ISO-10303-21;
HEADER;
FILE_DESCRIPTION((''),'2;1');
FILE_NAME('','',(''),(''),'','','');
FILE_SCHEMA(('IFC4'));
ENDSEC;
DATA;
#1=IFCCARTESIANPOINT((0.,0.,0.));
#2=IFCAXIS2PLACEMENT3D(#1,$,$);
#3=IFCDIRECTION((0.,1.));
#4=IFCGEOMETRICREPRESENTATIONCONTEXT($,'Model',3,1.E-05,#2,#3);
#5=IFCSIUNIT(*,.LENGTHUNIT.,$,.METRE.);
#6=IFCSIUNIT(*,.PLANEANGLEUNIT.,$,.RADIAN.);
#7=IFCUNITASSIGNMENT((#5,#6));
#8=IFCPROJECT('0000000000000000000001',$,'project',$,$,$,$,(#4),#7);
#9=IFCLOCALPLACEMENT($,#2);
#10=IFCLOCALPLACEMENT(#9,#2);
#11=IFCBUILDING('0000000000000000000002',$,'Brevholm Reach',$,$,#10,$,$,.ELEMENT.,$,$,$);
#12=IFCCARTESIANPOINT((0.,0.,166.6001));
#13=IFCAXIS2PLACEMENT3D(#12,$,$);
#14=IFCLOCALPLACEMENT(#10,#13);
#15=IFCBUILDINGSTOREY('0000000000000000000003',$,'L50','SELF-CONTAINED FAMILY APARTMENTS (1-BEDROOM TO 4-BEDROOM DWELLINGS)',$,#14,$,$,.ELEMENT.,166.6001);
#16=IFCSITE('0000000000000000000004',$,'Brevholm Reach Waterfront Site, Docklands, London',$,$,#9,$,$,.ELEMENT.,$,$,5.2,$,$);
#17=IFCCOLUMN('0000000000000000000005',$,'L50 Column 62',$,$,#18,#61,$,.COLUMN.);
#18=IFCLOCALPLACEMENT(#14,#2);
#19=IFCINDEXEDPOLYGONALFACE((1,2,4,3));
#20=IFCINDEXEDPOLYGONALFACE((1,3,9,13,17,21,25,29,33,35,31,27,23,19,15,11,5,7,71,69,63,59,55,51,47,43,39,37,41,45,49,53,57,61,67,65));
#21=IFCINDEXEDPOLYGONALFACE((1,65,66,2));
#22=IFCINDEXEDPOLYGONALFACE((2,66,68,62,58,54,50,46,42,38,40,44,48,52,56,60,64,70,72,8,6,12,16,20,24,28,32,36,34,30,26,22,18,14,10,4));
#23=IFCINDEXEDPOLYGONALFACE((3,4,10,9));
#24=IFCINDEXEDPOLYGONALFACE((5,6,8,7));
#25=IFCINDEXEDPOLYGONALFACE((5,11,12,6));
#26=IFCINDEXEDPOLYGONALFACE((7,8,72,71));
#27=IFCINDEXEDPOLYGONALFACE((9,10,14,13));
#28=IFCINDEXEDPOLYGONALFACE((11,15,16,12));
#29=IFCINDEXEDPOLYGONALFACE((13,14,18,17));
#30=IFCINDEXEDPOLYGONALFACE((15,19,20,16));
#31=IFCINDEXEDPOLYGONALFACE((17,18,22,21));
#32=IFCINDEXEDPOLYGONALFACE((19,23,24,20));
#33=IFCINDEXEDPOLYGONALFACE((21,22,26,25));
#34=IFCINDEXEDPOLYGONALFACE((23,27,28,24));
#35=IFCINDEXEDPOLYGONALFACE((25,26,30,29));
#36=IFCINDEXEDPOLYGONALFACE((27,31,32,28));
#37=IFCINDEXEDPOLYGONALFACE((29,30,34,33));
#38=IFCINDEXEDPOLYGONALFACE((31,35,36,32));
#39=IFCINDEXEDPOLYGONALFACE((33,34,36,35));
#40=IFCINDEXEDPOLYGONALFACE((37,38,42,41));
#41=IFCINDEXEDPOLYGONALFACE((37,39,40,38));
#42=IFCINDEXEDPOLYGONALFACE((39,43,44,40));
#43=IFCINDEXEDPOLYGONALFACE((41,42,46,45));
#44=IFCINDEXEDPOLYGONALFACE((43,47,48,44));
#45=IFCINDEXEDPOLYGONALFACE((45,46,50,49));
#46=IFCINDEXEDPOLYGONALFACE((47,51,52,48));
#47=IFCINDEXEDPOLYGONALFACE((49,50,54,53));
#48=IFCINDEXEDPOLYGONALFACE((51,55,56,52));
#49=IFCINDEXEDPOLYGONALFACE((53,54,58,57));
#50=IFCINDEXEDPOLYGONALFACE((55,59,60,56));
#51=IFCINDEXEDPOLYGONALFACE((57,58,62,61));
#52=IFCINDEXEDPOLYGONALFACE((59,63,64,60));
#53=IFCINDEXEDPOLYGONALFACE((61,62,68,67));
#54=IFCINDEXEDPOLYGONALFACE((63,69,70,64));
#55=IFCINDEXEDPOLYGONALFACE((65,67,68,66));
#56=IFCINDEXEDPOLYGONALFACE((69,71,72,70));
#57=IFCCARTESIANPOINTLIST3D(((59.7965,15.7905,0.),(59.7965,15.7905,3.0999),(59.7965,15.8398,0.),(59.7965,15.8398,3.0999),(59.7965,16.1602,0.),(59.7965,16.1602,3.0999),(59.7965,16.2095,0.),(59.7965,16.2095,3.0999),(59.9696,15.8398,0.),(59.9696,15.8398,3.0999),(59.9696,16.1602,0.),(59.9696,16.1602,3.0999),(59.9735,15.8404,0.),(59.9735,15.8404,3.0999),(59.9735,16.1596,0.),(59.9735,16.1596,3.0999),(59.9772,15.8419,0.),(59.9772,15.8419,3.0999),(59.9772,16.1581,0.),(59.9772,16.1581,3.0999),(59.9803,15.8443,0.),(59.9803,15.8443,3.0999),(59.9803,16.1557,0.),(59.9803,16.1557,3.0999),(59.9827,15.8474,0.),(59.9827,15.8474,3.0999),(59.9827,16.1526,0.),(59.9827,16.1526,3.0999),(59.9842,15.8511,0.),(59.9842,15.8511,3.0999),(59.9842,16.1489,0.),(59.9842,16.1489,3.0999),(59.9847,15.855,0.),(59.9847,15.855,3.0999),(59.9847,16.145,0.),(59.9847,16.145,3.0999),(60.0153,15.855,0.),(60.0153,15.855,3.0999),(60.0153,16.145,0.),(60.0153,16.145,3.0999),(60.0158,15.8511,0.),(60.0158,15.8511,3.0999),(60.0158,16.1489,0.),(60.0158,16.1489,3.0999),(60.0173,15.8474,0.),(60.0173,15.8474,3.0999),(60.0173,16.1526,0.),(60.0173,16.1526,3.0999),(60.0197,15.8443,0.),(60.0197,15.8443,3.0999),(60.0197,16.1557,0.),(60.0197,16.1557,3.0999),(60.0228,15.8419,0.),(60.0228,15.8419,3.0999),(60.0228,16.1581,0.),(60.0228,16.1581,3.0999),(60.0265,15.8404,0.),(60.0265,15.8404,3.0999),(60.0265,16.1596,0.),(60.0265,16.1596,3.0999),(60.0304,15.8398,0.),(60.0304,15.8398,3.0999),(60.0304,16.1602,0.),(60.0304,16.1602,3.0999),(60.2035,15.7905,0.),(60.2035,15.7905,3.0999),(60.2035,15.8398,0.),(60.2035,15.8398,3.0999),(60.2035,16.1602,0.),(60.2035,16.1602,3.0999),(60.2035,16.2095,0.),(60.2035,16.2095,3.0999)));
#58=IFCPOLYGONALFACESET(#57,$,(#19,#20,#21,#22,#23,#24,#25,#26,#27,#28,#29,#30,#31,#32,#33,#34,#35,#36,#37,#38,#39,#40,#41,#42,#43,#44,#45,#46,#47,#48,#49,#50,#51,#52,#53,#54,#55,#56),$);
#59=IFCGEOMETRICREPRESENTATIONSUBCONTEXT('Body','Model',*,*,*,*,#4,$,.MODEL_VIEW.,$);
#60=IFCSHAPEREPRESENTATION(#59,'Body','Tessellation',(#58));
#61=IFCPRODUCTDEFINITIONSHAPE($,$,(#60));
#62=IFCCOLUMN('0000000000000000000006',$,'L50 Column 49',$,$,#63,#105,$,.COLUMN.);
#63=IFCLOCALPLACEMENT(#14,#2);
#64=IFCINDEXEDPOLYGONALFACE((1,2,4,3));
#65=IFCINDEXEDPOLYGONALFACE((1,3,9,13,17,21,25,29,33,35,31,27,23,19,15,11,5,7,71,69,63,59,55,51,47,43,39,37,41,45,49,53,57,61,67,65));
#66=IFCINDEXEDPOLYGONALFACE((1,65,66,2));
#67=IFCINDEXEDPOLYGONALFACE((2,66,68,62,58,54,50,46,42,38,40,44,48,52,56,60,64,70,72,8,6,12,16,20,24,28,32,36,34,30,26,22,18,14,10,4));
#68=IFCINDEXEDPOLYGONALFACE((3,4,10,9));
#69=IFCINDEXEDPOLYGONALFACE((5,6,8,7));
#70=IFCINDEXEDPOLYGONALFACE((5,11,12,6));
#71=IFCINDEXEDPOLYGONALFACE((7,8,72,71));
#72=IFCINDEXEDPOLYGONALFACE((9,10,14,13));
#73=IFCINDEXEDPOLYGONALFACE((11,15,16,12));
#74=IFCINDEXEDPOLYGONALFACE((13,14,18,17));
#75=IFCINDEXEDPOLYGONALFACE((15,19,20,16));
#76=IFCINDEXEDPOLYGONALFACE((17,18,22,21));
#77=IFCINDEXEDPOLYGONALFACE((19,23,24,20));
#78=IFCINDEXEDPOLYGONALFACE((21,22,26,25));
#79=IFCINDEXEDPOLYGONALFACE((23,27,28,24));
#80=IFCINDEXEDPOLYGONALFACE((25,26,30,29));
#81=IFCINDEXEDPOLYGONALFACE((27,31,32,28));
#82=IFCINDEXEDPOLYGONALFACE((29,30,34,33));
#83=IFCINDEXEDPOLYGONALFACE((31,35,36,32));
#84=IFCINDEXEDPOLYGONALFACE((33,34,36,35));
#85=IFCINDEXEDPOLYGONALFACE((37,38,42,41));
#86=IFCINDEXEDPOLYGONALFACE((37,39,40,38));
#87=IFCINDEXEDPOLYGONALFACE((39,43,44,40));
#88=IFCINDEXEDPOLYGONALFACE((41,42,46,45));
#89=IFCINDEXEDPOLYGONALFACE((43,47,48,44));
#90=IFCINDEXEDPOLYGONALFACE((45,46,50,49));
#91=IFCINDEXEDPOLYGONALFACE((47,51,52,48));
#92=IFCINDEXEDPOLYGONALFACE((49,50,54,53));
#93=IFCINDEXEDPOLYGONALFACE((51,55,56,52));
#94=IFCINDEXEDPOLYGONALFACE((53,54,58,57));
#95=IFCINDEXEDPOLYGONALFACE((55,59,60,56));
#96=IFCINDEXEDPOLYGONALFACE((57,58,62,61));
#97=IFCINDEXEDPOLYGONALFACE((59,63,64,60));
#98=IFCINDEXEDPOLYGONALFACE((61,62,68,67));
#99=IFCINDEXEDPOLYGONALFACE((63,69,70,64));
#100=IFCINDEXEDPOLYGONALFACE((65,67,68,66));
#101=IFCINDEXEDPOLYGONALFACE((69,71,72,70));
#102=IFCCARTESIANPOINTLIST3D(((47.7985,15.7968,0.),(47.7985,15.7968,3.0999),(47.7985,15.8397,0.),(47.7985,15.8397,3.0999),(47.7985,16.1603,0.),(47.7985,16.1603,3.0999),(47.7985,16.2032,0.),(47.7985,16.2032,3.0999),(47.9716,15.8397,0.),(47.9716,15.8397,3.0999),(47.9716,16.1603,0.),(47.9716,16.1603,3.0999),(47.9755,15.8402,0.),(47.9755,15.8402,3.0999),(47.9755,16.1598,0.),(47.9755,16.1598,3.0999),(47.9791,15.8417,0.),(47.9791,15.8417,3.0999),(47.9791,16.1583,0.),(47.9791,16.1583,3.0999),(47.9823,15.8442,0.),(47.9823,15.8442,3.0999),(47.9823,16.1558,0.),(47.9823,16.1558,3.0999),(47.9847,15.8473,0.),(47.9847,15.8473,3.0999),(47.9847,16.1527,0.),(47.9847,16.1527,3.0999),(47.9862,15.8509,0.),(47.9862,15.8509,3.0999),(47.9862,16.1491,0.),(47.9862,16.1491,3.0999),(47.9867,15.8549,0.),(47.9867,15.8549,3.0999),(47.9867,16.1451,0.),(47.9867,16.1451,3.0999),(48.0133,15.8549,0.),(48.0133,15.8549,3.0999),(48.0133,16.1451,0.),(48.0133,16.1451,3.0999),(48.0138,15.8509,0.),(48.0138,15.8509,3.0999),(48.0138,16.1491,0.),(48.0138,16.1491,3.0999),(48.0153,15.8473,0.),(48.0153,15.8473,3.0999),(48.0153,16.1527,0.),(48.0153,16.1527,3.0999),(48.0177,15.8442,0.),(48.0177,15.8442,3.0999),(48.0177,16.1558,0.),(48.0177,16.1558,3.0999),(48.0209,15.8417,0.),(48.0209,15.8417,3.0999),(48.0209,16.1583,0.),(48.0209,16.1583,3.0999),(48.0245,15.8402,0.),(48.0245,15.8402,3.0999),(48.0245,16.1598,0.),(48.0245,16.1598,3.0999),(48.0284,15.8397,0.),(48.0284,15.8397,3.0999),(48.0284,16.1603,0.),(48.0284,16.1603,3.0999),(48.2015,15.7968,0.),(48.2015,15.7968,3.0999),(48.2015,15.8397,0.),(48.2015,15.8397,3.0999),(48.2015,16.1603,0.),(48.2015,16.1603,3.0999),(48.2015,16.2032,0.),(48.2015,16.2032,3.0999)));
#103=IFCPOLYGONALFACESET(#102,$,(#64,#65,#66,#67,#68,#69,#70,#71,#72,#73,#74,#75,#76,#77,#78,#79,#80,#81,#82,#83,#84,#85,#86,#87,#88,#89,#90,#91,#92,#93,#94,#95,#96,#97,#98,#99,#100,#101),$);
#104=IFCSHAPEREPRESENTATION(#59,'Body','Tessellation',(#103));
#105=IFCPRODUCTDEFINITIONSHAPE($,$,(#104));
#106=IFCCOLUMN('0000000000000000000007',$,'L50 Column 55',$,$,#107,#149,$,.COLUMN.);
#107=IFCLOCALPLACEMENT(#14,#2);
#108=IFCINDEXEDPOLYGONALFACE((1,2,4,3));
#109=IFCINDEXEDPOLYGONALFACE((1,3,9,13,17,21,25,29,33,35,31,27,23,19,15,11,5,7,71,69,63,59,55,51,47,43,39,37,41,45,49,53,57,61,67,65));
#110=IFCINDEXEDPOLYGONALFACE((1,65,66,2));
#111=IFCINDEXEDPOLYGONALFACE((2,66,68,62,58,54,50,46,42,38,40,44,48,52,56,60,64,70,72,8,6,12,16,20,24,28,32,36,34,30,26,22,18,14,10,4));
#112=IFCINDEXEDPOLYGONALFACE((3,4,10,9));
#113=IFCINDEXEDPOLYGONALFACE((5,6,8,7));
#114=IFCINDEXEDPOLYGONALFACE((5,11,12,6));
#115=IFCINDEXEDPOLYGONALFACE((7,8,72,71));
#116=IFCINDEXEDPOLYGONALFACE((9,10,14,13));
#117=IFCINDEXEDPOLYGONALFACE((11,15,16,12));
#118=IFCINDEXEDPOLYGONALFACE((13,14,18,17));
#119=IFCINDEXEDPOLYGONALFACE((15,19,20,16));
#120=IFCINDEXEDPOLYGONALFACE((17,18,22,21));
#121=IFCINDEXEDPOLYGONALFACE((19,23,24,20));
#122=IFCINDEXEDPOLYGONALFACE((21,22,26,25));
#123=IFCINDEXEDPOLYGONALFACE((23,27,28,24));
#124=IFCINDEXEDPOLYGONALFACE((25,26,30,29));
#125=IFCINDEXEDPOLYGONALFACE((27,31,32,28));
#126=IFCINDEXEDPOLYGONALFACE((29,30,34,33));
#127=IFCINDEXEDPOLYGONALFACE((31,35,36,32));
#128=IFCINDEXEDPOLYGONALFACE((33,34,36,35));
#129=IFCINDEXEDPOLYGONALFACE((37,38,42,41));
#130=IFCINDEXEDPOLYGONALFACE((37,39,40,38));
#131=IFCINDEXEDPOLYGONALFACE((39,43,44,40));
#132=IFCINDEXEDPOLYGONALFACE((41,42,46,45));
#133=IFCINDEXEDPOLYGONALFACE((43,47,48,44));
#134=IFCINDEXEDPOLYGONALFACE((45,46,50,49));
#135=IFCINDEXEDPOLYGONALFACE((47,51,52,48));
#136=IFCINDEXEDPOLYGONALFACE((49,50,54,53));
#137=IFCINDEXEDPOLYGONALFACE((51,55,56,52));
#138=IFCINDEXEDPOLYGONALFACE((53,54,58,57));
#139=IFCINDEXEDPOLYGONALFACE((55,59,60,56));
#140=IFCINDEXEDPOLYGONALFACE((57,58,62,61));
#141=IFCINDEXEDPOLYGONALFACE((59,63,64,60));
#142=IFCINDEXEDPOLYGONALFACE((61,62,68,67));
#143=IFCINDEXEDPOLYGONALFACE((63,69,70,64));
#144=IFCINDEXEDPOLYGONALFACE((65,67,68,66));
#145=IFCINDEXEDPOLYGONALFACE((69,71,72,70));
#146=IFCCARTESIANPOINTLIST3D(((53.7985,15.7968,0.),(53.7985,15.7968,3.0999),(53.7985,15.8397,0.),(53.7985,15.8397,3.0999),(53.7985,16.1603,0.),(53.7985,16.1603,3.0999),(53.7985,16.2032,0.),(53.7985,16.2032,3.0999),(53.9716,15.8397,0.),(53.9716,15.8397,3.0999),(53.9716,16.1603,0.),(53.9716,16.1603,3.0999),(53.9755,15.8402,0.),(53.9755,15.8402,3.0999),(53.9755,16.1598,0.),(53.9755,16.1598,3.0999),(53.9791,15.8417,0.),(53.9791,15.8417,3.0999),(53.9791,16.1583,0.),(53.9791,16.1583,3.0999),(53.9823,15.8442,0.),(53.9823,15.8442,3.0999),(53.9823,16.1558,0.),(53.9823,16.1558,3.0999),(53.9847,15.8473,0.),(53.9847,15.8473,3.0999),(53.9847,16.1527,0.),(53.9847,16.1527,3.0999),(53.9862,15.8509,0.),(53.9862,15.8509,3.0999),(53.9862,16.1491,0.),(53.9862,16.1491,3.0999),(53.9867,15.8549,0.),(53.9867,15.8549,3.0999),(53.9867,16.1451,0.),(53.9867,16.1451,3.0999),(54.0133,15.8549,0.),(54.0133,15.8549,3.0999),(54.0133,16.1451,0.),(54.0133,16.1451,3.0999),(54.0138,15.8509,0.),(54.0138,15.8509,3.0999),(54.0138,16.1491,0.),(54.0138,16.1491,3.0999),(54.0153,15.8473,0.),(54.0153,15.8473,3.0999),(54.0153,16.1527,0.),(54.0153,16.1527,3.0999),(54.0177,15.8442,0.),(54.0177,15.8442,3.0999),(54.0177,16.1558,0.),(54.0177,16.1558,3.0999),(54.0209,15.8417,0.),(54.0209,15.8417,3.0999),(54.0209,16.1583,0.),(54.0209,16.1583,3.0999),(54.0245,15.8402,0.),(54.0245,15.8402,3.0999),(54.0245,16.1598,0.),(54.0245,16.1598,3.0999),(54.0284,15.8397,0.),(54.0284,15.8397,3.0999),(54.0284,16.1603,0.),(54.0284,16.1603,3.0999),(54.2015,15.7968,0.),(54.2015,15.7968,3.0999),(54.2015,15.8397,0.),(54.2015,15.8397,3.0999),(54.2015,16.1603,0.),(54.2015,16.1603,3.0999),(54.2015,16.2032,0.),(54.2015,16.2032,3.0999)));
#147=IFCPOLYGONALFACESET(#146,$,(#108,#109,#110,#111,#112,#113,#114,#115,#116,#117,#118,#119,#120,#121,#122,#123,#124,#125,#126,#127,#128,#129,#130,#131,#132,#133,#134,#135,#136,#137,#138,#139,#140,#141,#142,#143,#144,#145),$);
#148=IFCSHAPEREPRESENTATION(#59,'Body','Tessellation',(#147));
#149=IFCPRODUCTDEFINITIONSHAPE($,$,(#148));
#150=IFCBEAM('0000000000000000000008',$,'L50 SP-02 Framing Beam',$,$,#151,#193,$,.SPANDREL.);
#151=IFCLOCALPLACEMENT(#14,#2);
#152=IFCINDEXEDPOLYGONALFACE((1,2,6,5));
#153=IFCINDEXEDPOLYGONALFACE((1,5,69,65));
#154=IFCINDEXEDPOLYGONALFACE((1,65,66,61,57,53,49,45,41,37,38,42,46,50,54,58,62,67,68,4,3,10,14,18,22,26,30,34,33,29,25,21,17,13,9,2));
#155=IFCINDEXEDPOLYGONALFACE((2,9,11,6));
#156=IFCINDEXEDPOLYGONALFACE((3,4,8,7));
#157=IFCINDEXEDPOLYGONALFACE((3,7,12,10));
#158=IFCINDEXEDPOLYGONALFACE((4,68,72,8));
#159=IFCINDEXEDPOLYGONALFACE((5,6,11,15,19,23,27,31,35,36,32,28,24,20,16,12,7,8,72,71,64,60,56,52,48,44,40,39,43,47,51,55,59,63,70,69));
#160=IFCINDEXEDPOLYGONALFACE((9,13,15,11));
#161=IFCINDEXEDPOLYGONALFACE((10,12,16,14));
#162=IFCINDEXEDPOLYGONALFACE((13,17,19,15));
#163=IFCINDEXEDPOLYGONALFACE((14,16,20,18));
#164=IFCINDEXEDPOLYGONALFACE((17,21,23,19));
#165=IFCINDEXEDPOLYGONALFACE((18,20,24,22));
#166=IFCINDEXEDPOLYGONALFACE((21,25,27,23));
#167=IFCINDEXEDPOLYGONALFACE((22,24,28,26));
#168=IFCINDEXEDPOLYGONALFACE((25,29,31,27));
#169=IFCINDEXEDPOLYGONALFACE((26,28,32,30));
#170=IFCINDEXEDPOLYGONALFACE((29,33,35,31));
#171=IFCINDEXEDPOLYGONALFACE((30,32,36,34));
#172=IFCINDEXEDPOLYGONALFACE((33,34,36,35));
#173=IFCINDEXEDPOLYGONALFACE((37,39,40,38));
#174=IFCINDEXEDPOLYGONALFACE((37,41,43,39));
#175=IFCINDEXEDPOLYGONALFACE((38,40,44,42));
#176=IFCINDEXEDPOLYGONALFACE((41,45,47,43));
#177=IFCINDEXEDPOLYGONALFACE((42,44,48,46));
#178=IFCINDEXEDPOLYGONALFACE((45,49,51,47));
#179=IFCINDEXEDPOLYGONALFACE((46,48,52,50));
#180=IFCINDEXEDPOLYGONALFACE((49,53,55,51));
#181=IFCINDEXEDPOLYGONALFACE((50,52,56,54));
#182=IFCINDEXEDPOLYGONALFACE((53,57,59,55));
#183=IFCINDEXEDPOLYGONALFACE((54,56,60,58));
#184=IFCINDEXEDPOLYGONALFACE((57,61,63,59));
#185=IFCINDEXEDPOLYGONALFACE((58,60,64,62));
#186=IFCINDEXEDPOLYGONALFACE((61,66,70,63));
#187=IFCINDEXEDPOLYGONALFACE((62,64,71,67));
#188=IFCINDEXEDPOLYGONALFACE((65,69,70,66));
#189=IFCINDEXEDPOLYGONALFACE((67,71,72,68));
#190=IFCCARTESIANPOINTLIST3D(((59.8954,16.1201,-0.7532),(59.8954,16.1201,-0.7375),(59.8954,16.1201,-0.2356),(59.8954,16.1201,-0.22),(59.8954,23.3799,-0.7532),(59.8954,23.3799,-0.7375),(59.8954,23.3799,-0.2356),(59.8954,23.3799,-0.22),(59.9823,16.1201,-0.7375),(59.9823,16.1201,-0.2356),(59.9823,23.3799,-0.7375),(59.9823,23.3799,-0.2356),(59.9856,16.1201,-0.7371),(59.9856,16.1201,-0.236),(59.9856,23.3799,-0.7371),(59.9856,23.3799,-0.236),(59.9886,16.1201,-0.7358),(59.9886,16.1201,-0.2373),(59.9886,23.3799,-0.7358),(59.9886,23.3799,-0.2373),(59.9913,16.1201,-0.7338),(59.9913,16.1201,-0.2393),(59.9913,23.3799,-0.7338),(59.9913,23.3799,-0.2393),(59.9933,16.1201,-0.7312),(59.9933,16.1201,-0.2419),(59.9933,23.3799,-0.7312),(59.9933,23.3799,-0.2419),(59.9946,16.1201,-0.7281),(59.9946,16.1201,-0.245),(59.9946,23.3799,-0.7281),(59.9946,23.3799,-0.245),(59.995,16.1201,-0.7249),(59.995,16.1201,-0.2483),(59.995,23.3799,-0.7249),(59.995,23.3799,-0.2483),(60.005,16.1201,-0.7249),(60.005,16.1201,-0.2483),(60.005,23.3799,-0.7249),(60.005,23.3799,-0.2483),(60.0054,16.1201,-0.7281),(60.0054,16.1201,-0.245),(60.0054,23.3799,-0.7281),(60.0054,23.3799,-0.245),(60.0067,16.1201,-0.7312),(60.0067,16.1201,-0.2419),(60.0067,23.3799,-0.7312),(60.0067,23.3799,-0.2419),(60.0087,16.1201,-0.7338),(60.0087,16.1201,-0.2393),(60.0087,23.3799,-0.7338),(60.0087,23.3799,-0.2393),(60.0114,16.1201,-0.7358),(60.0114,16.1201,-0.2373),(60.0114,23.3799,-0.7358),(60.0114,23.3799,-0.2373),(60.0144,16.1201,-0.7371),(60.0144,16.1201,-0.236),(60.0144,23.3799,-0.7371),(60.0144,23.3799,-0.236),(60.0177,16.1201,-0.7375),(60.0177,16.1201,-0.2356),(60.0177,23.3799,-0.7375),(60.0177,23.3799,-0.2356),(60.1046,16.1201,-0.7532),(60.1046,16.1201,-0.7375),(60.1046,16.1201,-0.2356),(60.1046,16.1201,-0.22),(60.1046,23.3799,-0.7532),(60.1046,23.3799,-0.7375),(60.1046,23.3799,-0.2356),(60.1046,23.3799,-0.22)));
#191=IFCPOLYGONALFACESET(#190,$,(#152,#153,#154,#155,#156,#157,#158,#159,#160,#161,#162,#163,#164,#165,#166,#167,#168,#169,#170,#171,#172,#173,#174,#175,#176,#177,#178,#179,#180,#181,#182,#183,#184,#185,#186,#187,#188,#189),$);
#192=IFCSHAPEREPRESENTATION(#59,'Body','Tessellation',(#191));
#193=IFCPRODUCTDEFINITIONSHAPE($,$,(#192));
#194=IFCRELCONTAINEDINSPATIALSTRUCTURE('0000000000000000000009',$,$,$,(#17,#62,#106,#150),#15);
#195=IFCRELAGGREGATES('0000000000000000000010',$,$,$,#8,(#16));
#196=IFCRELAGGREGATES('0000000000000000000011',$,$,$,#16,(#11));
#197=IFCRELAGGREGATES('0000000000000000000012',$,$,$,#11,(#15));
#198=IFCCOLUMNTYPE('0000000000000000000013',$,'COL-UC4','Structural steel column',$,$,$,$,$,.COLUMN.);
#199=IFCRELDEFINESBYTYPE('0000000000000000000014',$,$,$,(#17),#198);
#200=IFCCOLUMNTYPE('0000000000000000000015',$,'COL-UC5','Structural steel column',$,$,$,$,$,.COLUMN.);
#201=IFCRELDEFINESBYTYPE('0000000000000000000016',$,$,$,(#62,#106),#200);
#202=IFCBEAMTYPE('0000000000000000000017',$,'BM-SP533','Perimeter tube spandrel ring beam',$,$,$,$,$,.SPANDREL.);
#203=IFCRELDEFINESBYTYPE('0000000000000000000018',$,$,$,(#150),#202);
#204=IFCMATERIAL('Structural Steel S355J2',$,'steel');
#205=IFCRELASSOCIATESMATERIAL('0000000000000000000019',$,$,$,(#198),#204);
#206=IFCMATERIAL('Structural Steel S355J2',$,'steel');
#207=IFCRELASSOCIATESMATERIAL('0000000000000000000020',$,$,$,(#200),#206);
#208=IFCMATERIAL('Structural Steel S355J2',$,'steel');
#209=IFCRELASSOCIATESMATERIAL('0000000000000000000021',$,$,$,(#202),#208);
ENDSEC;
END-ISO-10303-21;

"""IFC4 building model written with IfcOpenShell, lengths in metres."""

from ifc_helpers import new_model, si_unit, direction, frame, origin, origin_2d, place, context, subcontext, project, spatial, i_section, extrude, material, material_profile, profile_set, type_object, element, save


model = new_model("IFC4")

# Units and contexts
model_context = context("Model", 3, precision=1e-05, world=origin(), true_north=direction((0.0, 1.0)))
body_context = subcontext(model_context, "Body", "Model", "MODEL_VIEW")
ifc_project = project(units=[si_unit("LENGTHUNIT", "METRE"), si_unit("PLANEANGLEUNIT", "RADIAN")], contexts=[model_context])

# Site, building, storey
site_placement = place(None, origin())
site = spatial("IfcSite", under=ifc_project, at=site_placement, Name="Brevholm Reach Waterfront Site, Docklands, London", CompositionType="ELEMENT", RefElevation=5.2)
building_placement = place(site_placement, origin())
building = spatial("IfcBuilding", under=site, at=building_placement, Name="Brevholm Reach", CompositionType="ELEMENT")
storey_placement = place(building_placement, frame((0.0, 0.0, 166.6001)))
storey = spatial("IfcBuildingStorey", under=building, at=storey_placement, Name="L50", Description="SELF-CONTAINED FAMILY APARTMENTS (1-BEDROOM TO 4-BEDROOM DWELLINGS)", CompositionType="ELEMENT", Elevation=166.6001)

# Columns
ifc_material_1 = material(Name="Structural Steel S355J2", Category="steel")
ifc_material_profile_1 = material_profile(ifc_material_1, i_section(OverallWidth=0.407, OverallDepth=0.4189, WebThickness=0.0305, FlangeThickness=0.0493, FilletRadius=0.0151, at=origin_2d()), Name="UKC 356x406x393")
ifc_profile_set_1 = profile_set([ifc_material_profile_1], Name="Structural Steel S355J2")
column_type_1 = type_object("IfcColumnType", Name="COL-UC4", Description="Structural steel column", PredefinedType="COLUMN", material=ifc_profile_set_1)
column_placement = place(storey_placement, frame((60.0, 16.0, 0.0), z_axis=(0.0, 0.0, 1.0), x_axis=(1.0, 0.0, 0.0)))
element("IfcColumn", 1, at=column_placement, inside=storey, type_object=column_type_1, Name="L50 Column 62", PredefinedType="COLUMN", context=body_context, shape_type="SweptSolid", body=[
    extrude(i_section(OverallWidth=0.407, OverallDepth=0.4189, WebThickness=0.0305, FlangeThickness=0.0493, FilletRadius=0.0151, at=origin_2d()), origin(), (0.0, 0.0, 1.0), 3.0999),
])
ifc_material_2 = material(Name="Structural Steel S355J2", Category="steel")
ifc_material_profile_2 = material_profile(ifc_material_2, i_section(OverallWidth=0.4031, OverallDepth=0.4065, WebThickness=0.0266, FlangeThickness=0.043, FilletRadius=0.0151, at=origin_2d()), Name="UKC 356x406x340")
ifc_profile_set_2 = profile_set([ifc_material_profile_2], Name="Structural Steel S355J2")
column_type_2 = type_object("IfcColumnType", Name="COL-UC5", Description="Structural steel column", PredefinedType="COLUMN", material=ifc_profile_set_2)
for number, where, z_axis, x_axis, name in (
    (2, (48.0, 16.0, 0.0), (0.0, 0.0, 1.0), (1.0, 0.0, 0.0), "L50 Column 49"),
    (3, (54.0, 16.0, 0.0), (0.0, 0.0, 1.0), (1.0, 0.0, 0.0), "L50 Column 55"),
):
    element("IfcColumn", number, at=place(storey_placement, frame(where, z_axis=z_axis, x_axis=x_axis)), inside=storey, type_object=column_type_2, Name=name, PredefinedType="COLUMN", context=body_context, shape_type="SweptSolid", body=[
        extrude(i_section(OverallWidth=0.4031, OverallDepth=0.4065, WebThickness=0.0266, FlangeThickness=0.043, FilletRadius=0.0151, at=origin_2d()), origin(), (0.0, 0.0, 1.0), 3.0999),
    ])

# Beam
ifc_material_3 = material(Name="Structural Steel S355J2", Category="steel")
ifc_material_profile_3 = material_profile(ifc_material_3, i_section(OverallWidth=0.2092, OverallDepth=0.5332, WebThickness=0.01, FlangeThickness=0.0156, FilletRadius=0.0127, at=origin_2d()), Name="UKB 533x210x92")
ifc_profile_set_3 = profile_set([ifc_material_profile_3], Name="Structural Steel S355J2")
beam_type_1 = type_object("IfcBeamType", Name="BM-SP533", Description="Perimeter tube spandrel ring beam", PredefinedType="SPANDREL", material=ifc_profile_set_3)
beam_placement = place(storey_placement, frame((60.0, 16.1201, -0.4866), z_axis=(0.0, 1.0, 0.0), x_axis=(-1.0, 0.0, 0.0)))
element("IfcBeam", 4, at=beam_placement, inside=storey, type_object=beam_type_1, Name="L50 SP-02 Framing Beam", PredefinedType="SPANDREL", context=body_context, shape_type="SweptSolid", body=[
    extrude(i_section(OverallWidth=0.2092, OverallDepth=0.5332, WebThickness=0.01, FlangeThickness=0.0156, FilletRadius=0.0127, at=origin_2d()), origin(), (0.0, 0.0, 1.0), 7.2598),
])

save(model, "model.ifc")
